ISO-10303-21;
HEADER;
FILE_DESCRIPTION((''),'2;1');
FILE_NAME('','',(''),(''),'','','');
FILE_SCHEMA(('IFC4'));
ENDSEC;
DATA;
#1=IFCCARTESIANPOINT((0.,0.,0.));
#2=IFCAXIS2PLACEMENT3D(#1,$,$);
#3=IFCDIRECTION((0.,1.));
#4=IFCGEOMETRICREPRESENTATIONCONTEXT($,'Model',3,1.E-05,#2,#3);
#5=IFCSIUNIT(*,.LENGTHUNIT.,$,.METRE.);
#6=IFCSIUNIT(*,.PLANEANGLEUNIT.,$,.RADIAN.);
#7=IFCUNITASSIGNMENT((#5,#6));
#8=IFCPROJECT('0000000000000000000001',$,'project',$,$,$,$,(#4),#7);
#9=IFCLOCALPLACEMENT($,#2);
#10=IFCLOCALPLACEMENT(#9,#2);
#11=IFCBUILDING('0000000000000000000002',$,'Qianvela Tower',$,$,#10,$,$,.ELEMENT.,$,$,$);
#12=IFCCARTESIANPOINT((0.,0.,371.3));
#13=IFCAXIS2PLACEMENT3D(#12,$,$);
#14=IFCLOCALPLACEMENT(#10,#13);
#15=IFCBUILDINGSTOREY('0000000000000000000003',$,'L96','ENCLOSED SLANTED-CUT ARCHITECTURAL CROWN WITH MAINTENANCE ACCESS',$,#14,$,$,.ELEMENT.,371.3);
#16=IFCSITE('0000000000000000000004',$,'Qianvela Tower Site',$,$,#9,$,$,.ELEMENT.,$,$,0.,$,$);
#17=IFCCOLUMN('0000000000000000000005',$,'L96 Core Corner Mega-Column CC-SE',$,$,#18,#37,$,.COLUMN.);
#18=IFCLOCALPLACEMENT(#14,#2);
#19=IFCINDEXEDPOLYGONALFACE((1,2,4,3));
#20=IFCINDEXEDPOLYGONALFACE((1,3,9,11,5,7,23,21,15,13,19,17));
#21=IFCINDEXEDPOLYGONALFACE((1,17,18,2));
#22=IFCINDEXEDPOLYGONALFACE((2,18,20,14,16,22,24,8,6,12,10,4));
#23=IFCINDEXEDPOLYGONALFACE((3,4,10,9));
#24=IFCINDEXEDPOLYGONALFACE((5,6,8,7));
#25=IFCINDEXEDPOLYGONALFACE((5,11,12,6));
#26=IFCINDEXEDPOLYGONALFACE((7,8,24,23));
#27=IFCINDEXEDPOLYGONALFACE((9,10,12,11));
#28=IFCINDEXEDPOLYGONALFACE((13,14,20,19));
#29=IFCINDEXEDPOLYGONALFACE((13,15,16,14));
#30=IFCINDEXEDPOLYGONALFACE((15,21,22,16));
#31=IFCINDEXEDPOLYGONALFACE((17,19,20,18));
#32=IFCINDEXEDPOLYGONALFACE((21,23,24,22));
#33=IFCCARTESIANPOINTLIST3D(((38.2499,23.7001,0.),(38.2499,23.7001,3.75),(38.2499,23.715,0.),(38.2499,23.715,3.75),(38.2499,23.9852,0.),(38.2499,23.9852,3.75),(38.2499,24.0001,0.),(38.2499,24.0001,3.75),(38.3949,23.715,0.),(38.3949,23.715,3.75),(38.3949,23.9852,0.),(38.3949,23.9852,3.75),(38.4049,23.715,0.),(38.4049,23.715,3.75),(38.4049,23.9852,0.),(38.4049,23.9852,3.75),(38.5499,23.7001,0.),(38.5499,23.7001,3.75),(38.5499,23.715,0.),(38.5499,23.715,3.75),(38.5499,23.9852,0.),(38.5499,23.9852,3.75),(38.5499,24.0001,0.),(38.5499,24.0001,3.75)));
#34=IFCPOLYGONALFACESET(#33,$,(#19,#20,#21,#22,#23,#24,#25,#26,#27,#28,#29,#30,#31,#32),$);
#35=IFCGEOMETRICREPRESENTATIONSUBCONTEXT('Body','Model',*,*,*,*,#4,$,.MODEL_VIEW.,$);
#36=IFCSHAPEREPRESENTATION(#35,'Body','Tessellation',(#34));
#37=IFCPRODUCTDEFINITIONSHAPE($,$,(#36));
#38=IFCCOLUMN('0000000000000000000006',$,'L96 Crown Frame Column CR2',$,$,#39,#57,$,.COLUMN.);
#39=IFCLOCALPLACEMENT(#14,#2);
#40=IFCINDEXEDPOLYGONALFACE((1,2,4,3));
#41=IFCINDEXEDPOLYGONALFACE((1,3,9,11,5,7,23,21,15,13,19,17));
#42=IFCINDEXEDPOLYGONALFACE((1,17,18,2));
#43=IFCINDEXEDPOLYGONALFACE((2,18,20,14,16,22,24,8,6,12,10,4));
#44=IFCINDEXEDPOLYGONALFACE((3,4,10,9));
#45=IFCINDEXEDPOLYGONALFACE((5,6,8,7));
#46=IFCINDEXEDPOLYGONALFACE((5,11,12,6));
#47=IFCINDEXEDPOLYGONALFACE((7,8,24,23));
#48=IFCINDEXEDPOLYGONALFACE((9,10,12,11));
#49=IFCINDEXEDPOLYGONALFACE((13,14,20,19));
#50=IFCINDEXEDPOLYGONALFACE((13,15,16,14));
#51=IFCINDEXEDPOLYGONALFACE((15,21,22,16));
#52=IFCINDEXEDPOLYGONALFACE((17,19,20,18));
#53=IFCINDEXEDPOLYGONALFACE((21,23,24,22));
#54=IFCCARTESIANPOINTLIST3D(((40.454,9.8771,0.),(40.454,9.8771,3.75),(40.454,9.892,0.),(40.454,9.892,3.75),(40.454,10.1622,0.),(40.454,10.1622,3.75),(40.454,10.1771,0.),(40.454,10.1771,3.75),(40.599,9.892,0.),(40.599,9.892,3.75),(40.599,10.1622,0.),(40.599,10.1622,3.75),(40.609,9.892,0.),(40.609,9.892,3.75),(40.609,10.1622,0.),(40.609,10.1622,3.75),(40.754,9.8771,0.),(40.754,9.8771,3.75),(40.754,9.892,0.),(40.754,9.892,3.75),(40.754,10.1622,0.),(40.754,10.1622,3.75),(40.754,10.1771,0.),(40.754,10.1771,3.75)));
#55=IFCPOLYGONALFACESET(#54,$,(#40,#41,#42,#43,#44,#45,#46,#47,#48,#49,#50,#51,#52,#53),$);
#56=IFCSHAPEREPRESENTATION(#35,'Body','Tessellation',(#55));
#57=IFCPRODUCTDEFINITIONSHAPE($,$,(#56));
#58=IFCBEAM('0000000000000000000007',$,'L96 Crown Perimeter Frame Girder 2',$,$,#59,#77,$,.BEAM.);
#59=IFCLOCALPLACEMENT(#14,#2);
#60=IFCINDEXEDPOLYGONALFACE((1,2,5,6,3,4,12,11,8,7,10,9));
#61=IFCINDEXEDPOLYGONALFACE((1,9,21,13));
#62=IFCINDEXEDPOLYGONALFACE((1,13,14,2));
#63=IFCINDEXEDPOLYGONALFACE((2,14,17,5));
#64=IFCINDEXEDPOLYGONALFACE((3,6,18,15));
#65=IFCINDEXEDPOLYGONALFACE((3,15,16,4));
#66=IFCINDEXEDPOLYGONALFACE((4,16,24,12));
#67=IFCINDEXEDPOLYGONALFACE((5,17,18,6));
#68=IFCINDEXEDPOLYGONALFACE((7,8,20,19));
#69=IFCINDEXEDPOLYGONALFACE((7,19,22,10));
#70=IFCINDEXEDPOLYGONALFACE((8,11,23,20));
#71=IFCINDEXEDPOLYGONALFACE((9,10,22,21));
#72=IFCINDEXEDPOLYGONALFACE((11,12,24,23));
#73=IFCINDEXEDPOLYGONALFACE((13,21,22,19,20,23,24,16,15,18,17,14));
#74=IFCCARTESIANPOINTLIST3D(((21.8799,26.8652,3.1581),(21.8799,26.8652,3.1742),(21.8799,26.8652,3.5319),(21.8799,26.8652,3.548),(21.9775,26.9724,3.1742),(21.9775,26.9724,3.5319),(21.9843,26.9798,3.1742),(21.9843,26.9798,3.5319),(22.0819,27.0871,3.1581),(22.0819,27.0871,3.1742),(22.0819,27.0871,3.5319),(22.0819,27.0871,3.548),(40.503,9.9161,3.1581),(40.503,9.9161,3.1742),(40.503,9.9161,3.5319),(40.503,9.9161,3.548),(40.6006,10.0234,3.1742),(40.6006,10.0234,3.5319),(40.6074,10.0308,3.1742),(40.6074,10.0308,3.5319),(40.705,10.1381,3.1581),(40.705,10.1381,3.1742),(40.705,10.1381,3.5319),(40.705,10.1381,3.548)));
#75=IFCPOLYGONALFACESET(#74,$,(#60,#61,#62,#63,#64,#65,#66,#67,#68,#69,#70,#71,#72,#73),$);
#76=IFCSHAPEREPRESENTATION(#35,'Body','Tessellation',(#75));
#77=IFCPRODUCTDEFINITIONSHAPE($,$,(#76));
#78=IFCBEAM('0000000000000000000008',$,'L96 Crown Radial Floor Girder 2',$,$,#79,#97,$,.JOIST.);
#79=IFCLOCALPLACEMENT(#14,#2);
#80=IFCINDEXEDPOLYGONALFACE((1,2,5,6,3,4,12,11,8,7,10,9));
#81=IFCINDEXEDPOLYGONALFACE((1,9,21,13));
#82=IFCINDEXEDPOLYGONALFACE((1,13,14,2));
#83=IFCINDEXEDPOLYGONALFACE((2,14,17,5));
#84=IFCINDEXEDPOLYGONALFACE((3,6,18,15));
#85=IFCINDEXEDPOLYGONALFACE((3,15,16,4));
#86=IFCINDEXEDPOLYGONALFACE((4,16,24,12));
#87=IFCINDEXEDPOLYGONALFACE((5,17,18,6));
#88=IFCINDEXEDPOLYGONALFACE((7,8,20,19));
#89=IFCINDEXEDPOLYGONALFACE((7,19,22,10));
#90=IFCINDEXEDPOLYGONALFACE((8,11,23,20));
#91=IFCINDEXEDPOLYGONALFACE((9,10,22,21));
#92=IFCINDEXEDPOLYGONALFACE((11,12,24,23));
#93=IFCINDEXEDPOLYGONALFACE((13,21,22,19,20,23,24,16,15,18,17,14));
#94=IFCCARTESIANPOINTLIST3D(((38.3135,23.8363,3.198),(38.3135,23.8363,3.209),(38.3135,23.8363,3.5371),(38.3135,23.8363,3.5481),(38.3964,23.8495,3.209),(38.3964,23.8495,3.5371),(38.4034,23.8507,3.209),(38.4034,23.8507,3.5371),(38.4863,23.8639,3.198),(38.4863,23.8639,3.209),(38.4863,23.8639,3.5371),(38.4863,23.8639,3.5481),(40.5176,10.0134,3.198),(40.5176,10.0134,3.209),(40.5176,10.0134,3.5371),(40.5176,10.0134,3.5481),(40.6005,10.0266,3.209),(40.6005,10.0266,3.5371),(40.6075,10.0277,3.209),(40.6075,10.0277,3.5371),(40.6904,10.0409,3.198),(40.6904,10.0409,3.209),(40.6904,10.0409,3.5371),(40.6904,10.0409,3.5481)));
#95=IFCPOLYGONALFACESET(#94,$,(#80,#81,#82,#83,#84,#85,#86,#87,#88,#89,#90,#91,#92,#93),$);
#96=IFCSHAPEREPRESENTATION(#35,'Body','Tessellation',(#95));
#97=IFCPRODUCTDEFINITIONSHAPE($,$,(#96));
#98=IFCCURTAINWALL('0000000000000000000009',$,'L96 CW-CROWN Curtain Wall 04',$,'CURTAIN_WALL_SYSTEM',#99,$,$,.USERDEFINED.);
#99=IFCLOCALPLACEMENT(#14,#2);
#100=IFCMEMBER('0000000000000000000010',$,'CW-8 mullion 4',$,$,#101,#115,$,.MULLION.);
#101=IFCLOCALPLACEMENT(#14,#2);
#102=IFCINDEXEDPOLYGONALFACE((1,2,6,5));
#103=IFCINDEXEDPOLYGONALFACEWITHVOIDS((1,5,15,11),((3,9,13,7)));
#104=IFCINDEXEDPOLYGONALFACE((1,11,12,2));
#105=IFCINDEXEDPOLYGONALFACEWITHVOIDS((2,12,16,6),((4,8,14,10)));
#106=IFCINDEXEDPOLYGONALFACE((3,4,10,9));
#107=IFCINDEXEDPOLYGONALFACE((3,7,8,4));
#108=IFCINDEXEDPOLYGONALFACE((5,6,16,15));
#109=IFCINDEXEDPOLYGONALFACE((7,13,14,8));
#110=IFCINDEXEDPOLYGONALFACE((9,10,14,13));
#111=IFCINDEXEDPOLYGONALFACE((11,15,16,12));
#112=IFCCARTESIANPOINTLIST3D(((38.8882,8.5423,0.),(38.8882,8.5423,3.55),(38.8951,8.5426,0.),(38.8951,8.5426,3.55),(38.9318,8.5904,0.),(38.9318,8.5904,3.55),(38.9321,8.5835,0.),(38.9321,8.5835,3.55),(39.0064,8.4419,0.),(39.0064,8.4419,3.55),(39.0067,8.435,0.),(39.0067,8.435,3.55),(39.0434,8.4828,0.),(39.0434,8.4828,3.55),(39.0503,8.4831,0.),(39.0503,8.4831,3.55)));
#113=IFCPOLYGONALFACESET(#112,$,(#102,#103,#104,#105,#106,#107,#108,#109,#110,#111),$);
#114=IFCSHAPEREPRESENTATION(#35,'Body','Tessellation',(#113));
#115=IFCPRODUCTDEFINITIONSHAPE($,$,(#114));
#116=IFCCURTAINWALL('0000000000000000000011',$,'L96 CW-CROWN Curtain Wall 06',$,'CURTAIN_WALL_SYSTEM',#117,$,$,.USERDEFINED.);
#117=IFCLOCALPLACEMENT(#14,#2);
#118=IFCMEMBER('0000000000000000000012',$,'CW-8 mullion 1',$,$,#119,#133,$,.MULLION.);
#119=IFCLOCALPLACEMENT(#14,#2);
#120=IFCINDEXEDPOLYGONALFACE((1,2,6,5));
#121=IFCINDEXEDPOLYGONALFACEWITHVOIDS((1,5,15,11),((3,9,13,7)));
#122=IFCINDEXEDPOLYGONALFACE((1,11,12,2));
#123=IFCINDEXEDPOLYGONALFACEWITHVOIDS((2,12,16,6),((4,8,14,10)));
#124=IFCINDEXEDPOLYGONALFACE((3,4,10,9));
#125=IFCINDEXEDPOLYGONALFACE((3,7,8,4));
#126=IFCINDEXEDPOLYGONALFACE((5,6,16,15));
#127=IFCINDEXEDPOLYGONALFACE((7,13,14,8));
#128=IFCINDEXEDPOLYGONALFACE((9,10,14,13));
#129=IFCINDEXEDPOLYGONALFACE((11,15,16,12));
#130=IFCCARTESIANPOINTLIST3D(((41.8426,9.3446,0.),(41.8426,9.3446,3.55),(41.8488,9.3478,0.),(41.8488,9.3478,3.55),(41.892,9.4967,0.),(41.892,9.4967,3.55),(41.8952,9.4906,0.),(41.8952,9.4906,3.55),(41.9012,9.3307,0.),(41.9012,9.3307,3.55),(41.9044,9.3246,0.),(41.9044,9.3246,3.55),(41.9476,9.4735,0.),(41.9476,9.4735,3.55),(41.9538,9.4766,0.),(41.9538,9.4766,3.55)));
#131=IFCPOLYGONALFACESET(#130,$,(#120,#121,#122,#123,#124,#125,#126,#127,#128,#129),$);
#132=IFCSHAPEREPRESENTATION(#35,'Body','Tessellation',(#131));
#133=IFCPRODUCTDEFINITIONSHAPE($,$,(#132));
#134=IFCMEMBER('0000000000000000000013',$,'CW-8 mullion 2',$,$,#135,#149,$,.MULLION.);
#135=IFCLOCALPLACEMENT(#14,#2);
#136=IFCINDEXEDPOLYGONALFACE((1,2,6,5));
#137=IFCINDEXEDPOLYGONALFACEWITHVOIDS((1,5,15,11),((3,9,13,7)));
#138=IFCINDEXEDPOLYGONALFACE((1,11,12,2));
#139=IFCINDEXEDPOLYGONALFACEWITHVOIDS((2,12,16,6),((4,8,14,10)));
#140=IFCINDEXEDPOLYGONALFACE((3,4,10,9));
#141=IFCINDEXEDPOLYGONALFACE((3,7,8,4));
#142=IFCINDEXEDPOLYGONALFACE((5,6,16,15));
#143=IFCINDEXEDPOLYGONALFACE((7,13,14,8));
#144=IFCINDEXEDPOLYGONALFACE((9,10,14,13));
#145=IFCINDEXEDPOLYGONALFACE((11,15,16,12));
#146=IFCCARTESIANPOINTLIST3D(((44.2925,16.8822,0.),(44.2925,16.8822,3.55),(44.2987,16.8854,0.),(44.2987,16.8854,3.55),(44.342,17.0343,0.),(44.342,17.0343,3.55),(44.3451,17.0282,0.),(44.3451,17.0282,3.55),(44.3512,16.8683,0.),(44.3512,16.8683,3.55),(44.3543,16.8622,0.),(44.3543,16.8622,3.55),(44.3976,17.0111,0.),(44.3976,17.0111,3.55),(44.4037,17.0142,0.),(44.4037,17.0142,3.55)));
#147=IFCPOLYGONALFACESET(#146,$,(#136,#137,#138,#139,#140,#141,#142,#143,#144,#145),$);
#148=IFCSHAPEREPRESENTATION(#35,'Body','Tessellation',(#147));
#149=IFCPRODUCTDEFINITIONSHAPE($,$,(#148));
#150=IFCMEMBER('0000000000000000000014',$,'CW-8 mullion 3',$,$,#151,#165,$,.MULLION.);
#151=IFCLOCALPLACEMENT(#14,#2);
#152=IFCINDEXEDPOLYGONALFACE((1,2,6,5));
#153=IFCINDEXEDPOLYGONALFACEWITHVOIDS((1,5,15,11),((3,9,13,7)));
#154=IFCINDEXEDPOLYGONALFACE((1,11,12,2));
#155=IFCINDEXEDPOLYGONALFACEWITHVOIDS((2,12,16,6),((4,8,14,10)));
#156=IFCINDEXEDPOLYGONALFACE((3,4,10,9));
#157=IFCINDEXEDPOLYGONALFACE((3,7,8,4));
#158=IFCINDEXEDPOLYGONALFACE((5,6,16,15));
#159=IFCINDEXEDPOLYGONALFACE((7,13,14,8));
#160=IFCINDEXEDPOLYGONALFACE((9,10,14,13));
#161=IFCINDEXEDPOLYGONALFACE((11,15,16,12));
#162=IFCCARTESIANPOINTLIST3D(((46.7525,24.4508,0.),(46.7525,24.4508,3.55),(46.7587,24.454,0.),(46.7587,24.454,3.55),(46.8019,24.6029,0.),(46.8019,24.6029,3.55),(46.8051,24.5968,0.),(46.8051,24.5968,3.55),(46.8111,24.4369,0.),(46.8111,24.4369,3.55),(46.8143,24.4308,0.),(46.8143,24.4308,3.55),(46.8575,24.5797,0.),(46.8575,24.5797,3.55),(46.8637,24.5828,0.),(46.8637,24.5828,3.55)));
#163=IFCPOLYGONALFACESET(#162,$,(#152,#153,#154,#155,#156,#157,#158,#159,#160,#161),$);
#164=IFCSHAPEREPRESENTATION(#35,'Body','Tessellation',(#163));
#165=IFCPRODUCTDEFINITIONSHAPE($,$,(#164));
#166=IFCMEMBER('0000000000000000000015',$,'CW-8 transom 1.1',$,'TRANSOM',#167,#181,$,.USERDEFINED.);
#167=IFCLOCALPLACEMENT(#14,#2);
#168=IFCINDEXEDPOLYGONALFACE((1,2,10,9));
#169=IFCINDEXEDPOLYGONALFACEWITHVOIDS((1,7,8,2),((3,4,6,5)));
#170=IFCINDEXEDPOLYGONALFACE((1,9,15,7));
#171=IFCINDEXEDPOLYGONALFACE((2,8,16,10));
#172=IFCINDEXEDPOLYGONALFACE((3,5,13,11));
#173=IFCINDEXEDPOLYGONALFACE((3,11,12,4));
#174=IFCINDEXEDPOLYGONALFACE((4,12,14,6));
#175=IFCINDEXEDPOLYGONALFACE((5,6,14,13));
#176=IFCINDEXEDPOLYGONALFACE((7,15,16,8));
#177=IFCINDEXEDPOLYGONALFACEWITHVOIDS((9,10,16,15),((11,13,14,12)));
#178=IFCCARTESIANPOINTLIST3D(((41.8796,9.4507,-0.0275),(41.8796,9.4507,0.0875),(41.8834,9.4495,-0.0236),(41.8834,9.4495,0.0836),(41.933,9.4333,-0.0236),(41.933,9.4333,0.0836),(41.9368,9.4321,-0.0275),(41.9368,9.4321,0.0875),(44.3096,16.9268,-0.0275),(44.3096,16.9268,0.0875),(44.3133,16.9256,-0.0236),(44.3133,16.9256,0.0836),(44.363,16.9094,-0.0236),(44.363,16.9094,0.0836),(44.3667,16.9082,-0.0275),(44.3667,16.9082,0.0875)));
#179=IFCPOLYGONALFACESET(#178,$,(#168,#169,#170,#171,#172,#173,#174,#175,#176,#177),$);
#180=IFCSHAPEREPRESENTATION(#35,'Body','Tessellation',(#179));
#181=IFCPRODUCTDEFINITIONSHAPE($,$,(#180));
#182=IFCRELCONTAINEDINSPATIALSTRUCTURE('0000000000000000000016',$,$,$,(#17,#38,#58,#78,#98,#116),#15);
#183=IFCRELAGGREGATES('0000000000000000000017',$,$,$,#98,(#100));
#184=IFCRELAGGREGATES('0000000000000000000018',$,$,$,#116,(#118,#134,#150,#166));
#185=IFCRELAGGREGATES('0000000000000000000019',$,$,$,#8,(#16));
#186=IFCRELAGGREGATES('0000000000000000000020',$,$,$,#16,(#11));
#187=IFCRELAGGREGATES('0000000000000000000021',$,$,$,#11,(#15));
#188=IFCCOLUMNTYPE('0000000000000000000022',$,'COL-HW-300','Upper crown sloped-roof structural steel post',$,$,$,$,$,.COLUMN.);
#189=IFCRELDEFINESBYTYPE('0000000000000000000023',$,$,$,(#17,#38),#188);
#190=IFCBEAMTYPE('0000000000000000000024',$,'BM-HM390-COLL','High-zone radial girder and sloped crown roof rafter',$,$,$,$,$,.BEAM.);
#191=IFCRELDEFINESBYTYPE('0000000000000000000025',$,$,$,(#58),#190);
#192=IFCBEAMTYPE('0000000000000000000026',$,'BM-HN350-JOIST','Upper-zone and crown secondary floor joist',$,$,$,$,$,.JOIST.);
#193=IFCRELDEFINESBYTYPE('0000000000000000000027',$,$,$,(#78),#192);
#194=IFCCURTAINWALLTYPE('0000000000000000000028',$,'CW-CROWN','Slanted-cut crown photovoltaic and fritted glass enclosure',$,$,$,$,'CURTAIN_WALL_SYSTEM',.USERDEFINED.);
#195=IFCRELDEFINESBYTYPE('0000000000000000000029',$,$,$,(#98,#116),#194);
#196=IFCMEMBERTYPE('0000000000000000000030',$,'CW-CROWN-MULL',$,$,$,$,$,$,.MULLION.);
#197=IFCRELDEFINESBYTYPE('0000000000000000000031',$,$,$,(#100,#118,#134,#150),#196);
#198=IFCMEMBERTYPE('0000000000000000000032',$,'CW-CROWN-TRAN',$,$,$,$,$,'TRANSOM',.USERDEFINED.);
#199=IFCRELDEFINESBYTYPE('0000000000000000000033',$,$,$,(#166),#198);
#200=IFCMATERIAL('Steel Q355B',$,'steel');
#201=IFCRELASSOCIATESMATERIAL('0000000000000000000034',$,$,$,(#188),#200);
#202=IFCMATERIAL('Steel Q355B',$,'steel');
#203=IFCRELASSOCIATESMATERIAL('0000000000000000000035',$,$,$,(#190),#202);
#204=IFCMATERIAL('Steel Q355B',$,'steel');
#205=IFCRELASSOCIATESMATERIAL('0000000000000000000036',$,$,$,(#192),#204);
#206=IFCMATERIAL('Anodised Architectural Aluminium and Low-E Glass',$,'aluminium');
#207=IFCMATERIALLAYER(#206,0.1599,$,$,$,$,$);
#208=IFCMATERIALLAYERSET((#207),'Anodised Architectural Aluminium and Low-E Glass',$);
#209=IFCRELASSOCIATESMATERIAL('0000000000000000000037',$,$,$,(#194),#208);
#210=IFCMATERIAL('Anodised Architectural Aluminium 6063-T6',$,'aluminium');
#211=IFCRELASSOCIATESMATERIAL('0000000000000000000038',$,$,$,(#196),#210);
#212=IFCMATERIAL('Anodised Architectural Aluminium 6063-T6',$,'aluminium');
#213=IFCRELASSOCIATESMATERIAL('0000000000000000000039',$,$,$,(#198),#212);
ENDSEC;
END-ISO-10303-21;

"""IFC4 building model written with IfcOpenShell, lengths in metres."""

from ifc_helpers import new_model, si_unit, direction, frame, origin, origin_2d, place, context, subcontext, project, spatial, hollow_rectangle, i_section, extrude, material, layer, layer_set, material_profile, profile_set, type_object, element, aggregate, save


model = new_model("IFC4")

# Units and contexts
model_context = context("Model", 3, precision=1e-05, world=origin(), true_north=direction((0.0, 1.0)))
body_context = subcontext(model_context, "Body", "Model", "MODEL_VIEW")
ifc_project = project(units=[si_unit("LENGTHUNIT", "METRE"), si_unit("PLANEANGLEUNIT", "RADIAN")], contexts=[model_context])

# Site, building, storey
site_placement = place(None, origin())
site = spatial("IfcSite", under=ifc_project, at=site_placement, Name="Qianvela Tower Site", CompositionType="ELEMENT", RefElevation=0.0)
building_placement = place(site_placement, origin())
building = spatial("IfcBuilding", under=site, at=building_placement, Name="Qianvela Tower", CompositionType="ELEMENT")
storey_placement = place(building_placement, frame((0.0, 0.0, 371.3)))
storey = spatial("IfcBuildingStorey", under=building, at=storey_placement, Name="L96", Description="ENCLOSED SLANTED-CUT ARCHITECTURAL CROWN WITH MAINTENANCE ACCESS", CompositionType="ELEMENT", Elevation=371.3)

# Columns
ifc_material_1 = material(Name="Steel Q355B", Category="steel")
ifc_material_profile_1 = material_profile(ifc_material_1, i_section(OverallWidth=0.3, OverallDepth=0.3, WebThickness=0.01, FlangeThickness=0.0149, at=origin_2d()), Name="HW300x300x10x15")
ifc_profile_set_1 = profile_set([ifc_material_profile_1], Name="Steel Q355B")
column_type = type_object("IfcColumnType", Name="COL-HW-300", Description="Upper crown sloped-roof structural steel post", PredefinedType="COLUMN", material=ifc_profile_set_1)
for number, where, z_axis, x_axis, name in (
    (1, (38.3999, 23.8501, 0.0), (0.0, 0.0, 1.0), (1.0, 0.0, 0.0), "L96 Core Corner Mega-Column CC-SE"),
    (2, (40.604, 10.0271, 0.0), (0.0, 0.0, 1.0), (1.0, 0.0, 0.0), "L96 Crown Frame Column CR2"),
):
    element("IfcColumn", number, at=place(storey_placement, frame(where, z_axis=z_axis, x_axis=x_axis)), inside=storey, type_object=column_type, Name=name, PredefinedType="COLUMN", context=body_context, shape_type="SweptSolid", body=[
        extrude(i_section(OverallWidth=0.3, OverallDepth=0.3, WebThickness=0.01, FlangeThickness=0.0149, at=origin_2d()), origin(), (0.0, 0.0, 1.0), 3.75),
    ])

# Beams
ifc_material_2 = material(Name="Steel Q355B", Category="steel")
ifc_material_profile_2 = material_profile(ifc_material_2, i_section(OverallWidth=0.3, OverallDepth=0.3899, WebThickness=0.01, FlangeThickness=0.0161, at=origin_2d()), Name="HM390x300x10x16")
ifc_profile_set_2 = profile_set([ifc_material_profile_2], Name="Steel Q355B")
beam_type_1 = type_object("IfcBeamType", Name="BM-HM390-COLL", Description="High-zone radial girder and sloped crown roof rafter", PredefinedType="BEAM", material=ifc_profile_set_2)
beam_1_placement = place(storey_placement, frame((40.604, 10.0271, 3.353), z_axis=(-0.739566, 0.673084, 0.0), x_axis=(-0.673084, -0.739566, 0.0)))
element("IfcBeam", 3, at=beam_1_placement, inside=storey, type_object=beam_type_1, Name="L96 Crown Perimeter Frame Girder 2", PredefinedType="BEAM", context=body_context, shape_type="SweptSolid", body=[
    extrude(i_section(OverallWidth=0.3, OverallDepth=0.3899, WebThickness=0.01, FlangeThickness=0.0161, at=origin_2d()), origin(), (0.0, 0.0, 1.0), 25.1812),
])
ifc_material_3 = material(Name="Steel Q355B", Category="steel")
ifc_material_profile_3 = material_profile(ifc_material_3, i_section(OverallWidth=0.175, OverallDepth=0.3501, WebThickness=0.0071, FlangeThickness=0.011, at=origin_2d()), Name="HN350x175x7x11")
ifc_profile_set_3 = profile_set([ifc_material_profile_3], Name="Steel Q355B")
beam_type_2 = type_object("IfcBeamType", Name="BM-HN350-JOIST", Description="Upper-zone and crown secondary floor joist", PredefinedType="JOIST", material=ifc_profile_set_3)
beam_2_placement = place(storey_placement, frame((38.3999, 23.8501, 3.373), z_axis=(0.157463, -0.987525, 0.0), x_axis=(0.987525, 0.157463, 0.0)))
element("IfcBeam", 4, at=beam_2_placement, inside=storey, type_object=beam_type_2, Name="L96 Crown Radial Floor Girder 2", PredefinedType="JOIST", context=body_context, shape_type="SweptSolid", body=[
    extrude(i_section(OverallWidth=0.175, OverallDepth=0.3501, WebThickness=0.0071, FlangeThickness=0.011, at=origin_2d()), origin(), (0.0, 0.0, 1.0), 13.9976),
])

# Curtain wall, member
ifc_material_4 = material(Name="Anodised Architectural Aluminium and Low-E Glass", Category="aluminium")
ifc_layer_1 = layer(ifc_material_4, 0.1599)
ifc_layer_set_1 = layer_set([ifc_layer_1], Name="Anodised Architectural Aluminium and Low-E Glass")
curtain_wall_type = type_object("IfcCurtainWallType", Name="CW-CROWN", Description="Slanted-cut crown photovoltaic and fritted glass enclosure", ElementType="CURTAIN_WALL_SYSTEM", PredefinedType="USERDEFINED", material=ifc_layer_set_1)
curtain_wall_1_placement = place(storey_placement, origin())
curtain_wall_1 = element("IfcCurtainWall", 5, at=curtain_wall_1_placement, inside=storey, type_object=curtain_wall_type, Name="L96 CW-CROWN Curtain Wall 04", ObjectType="CURTAIN_WALL_SYSTEM", PredefinedType="USERDEFINED")
ifc_material_5 = material(Name="Anodised Architectural Aluminium 6063-T6", Category="aluminium")
ifc_material_profile_4 = material_profile(ifc_material_5, hollow_rectangle(XDim=0.0649, YDim=0.1599, WallThickness=0.0049, at=origin_2d()), Name="ALU-MULL-65x160")
ifc_profile_set_4 = profile_set([ifc_material_profile_4], Name="Anodised Architectural Aluminium 6063-T6")
member_type_1 = type_object("IfcMemberType", Name="CW-CROWN-MULL", PredefinedType="MULLION", material=ifc_profile_set_4)
member_1_placement = place(storey_placement, frame((38.9692, 8.5127, 0.0), z_axis=(0.0, 0.0, 1.0), x_axis=(0.671203, 0.741273, 0.0)))
member_1 = element("IfcMember", 6, at=member_1_placement, type_object=member_type_1, Name="CW-8 mullion 4", PredefinedType="MULLION", context=body_context, shape_type="SweptSolid", body=[
    extrude(hollow_rectangle(XDim=0.0649, YDim=0.1599, WallThickness=0.0049, at=origin_2d()), origin(), (0.0, 0.0, 1.0), 3.55),
])
aggregate(curtain_wall_1, [member_1])

# Curtain wall, members
curtain_wall_2_placement = place(storey_placement, origin())
curtain_wall_2 = element("IfcCurtainWall", 7, at=curtain_wall_2_placement, inside=storey, type_object=curtain_wall_type, Name="L96 CW-CROWN Curtain Wall 06", ObjectType="CURTAIN_WALL_SYSTEM", PredefinedType="USERDEFINED")
member_2_placement = place(storey_placement, frame((41.8982, 9.4106, 0.0), z_axis=(0.0, 0.0, 1.0), x_axis=(-0.951027, 0.309108, 0.0)))
member_2 = element("IfcMember", 8, at=member_2_placement, type_object=member_type_1, Name="CW-8 mullion 1", PredefinedType="MULLION", context=body_context, shape_type="SweptSolid", body=[
    extrude(hollow_rectangle(XDim=0.0649, YDim=0.1599, WallThickness=0.0049, at=origin_2d()), origin(), (0.0, 0.0, 1.0), 3.55),
])
member_3_placement = place(storey_placement, frame((44.3481, 16.9482, 0.0), z_axis=(0.0, 0.0, 1.0), x_axis=(-0.951027, 0.309108, 0.0)))
member_3 = element("IfcMember", 9, at=member_3_placement, type_object=member_type_1, Name="CW-8 mullion 2", PredefinedType="MULLION", context=body_context, shape_type="SweptSolid", body=[
    extrude(hollow_rectangle(XDim=0.0649, YDim=0.1599, WallThickness=0.0049, at=origin_2d()), origin(), (0.0, 0.0, 1.0), 3.55),
])
member_4_placement = place(storey_placement, frame((46.8081, 24.5168, 0.0), z_axis=(0.0, 0.0, 1.0), x_axis=(-0.951027, 0.309108, 0.0)))
member_4 = element("IfcMember", 10, at=member_4_placement, type_object=member_type_1, Name="CW-8 mullion 3", PredefinedType="MULLION", context=body_context, shape_type="SweptSolid", body=[
    extrude(hollow_rectangle(XDim=0.0649, YDim=0.1599, WallThickness=0.0049, at=origin_2d()), origin(), (0.0, 0.0, 1.0), 3.55),
])
ifc_material_6 = material(Name="Anodised Architectural Aluminium 6063-T6", Category="aluminium")
ifc_material_profile_5 = material_profile(ifc_material_6, hollow_rectangle(XDim=0.0601, YDim=0.115, WallThickness=0.0039, at=origin_2d()), Name="ALU-TRAN-60x115")
ifc_profile_set_5 = profile_set([ifc_material_profile_5], Name="Anodised Architectural Aluminium 6063-T6")
member_type_2 = type_object("IfcMemberType", Name="CW-CROWN-TRAN", ElementType="TRANSOM", PredefinedType="USERDEFINED", material=ifc_profile_set_5)
member_5_placement = place(storey_placement, frame((41.9082, 9.4414, 0.03), z_axis=(0.30911, 0.951026, 0.0), x_axis=(-0.951026, 0.30911, 0.0)))
member_5 = element("IfcMember", 11, at=member_5_placement, type_object=member_type_2, Name="CW-8 transom 1.1", ObjectType="TRANSOM", PredefinedType="USERDEFINED", context=body_context, shape_type="SweptSolid", body=[
    extrude(hollow_rectangle(XDim=0.0601, YDim=0.115, WallThickness=0.0039, at=origin_2d()), origin(), (0.0, 0.0, 1.0), 7.8611),
])
aggregate(curtain_wall_2, [member_2, member_3, member_4, member_5])

save(model, "model.ifc")
